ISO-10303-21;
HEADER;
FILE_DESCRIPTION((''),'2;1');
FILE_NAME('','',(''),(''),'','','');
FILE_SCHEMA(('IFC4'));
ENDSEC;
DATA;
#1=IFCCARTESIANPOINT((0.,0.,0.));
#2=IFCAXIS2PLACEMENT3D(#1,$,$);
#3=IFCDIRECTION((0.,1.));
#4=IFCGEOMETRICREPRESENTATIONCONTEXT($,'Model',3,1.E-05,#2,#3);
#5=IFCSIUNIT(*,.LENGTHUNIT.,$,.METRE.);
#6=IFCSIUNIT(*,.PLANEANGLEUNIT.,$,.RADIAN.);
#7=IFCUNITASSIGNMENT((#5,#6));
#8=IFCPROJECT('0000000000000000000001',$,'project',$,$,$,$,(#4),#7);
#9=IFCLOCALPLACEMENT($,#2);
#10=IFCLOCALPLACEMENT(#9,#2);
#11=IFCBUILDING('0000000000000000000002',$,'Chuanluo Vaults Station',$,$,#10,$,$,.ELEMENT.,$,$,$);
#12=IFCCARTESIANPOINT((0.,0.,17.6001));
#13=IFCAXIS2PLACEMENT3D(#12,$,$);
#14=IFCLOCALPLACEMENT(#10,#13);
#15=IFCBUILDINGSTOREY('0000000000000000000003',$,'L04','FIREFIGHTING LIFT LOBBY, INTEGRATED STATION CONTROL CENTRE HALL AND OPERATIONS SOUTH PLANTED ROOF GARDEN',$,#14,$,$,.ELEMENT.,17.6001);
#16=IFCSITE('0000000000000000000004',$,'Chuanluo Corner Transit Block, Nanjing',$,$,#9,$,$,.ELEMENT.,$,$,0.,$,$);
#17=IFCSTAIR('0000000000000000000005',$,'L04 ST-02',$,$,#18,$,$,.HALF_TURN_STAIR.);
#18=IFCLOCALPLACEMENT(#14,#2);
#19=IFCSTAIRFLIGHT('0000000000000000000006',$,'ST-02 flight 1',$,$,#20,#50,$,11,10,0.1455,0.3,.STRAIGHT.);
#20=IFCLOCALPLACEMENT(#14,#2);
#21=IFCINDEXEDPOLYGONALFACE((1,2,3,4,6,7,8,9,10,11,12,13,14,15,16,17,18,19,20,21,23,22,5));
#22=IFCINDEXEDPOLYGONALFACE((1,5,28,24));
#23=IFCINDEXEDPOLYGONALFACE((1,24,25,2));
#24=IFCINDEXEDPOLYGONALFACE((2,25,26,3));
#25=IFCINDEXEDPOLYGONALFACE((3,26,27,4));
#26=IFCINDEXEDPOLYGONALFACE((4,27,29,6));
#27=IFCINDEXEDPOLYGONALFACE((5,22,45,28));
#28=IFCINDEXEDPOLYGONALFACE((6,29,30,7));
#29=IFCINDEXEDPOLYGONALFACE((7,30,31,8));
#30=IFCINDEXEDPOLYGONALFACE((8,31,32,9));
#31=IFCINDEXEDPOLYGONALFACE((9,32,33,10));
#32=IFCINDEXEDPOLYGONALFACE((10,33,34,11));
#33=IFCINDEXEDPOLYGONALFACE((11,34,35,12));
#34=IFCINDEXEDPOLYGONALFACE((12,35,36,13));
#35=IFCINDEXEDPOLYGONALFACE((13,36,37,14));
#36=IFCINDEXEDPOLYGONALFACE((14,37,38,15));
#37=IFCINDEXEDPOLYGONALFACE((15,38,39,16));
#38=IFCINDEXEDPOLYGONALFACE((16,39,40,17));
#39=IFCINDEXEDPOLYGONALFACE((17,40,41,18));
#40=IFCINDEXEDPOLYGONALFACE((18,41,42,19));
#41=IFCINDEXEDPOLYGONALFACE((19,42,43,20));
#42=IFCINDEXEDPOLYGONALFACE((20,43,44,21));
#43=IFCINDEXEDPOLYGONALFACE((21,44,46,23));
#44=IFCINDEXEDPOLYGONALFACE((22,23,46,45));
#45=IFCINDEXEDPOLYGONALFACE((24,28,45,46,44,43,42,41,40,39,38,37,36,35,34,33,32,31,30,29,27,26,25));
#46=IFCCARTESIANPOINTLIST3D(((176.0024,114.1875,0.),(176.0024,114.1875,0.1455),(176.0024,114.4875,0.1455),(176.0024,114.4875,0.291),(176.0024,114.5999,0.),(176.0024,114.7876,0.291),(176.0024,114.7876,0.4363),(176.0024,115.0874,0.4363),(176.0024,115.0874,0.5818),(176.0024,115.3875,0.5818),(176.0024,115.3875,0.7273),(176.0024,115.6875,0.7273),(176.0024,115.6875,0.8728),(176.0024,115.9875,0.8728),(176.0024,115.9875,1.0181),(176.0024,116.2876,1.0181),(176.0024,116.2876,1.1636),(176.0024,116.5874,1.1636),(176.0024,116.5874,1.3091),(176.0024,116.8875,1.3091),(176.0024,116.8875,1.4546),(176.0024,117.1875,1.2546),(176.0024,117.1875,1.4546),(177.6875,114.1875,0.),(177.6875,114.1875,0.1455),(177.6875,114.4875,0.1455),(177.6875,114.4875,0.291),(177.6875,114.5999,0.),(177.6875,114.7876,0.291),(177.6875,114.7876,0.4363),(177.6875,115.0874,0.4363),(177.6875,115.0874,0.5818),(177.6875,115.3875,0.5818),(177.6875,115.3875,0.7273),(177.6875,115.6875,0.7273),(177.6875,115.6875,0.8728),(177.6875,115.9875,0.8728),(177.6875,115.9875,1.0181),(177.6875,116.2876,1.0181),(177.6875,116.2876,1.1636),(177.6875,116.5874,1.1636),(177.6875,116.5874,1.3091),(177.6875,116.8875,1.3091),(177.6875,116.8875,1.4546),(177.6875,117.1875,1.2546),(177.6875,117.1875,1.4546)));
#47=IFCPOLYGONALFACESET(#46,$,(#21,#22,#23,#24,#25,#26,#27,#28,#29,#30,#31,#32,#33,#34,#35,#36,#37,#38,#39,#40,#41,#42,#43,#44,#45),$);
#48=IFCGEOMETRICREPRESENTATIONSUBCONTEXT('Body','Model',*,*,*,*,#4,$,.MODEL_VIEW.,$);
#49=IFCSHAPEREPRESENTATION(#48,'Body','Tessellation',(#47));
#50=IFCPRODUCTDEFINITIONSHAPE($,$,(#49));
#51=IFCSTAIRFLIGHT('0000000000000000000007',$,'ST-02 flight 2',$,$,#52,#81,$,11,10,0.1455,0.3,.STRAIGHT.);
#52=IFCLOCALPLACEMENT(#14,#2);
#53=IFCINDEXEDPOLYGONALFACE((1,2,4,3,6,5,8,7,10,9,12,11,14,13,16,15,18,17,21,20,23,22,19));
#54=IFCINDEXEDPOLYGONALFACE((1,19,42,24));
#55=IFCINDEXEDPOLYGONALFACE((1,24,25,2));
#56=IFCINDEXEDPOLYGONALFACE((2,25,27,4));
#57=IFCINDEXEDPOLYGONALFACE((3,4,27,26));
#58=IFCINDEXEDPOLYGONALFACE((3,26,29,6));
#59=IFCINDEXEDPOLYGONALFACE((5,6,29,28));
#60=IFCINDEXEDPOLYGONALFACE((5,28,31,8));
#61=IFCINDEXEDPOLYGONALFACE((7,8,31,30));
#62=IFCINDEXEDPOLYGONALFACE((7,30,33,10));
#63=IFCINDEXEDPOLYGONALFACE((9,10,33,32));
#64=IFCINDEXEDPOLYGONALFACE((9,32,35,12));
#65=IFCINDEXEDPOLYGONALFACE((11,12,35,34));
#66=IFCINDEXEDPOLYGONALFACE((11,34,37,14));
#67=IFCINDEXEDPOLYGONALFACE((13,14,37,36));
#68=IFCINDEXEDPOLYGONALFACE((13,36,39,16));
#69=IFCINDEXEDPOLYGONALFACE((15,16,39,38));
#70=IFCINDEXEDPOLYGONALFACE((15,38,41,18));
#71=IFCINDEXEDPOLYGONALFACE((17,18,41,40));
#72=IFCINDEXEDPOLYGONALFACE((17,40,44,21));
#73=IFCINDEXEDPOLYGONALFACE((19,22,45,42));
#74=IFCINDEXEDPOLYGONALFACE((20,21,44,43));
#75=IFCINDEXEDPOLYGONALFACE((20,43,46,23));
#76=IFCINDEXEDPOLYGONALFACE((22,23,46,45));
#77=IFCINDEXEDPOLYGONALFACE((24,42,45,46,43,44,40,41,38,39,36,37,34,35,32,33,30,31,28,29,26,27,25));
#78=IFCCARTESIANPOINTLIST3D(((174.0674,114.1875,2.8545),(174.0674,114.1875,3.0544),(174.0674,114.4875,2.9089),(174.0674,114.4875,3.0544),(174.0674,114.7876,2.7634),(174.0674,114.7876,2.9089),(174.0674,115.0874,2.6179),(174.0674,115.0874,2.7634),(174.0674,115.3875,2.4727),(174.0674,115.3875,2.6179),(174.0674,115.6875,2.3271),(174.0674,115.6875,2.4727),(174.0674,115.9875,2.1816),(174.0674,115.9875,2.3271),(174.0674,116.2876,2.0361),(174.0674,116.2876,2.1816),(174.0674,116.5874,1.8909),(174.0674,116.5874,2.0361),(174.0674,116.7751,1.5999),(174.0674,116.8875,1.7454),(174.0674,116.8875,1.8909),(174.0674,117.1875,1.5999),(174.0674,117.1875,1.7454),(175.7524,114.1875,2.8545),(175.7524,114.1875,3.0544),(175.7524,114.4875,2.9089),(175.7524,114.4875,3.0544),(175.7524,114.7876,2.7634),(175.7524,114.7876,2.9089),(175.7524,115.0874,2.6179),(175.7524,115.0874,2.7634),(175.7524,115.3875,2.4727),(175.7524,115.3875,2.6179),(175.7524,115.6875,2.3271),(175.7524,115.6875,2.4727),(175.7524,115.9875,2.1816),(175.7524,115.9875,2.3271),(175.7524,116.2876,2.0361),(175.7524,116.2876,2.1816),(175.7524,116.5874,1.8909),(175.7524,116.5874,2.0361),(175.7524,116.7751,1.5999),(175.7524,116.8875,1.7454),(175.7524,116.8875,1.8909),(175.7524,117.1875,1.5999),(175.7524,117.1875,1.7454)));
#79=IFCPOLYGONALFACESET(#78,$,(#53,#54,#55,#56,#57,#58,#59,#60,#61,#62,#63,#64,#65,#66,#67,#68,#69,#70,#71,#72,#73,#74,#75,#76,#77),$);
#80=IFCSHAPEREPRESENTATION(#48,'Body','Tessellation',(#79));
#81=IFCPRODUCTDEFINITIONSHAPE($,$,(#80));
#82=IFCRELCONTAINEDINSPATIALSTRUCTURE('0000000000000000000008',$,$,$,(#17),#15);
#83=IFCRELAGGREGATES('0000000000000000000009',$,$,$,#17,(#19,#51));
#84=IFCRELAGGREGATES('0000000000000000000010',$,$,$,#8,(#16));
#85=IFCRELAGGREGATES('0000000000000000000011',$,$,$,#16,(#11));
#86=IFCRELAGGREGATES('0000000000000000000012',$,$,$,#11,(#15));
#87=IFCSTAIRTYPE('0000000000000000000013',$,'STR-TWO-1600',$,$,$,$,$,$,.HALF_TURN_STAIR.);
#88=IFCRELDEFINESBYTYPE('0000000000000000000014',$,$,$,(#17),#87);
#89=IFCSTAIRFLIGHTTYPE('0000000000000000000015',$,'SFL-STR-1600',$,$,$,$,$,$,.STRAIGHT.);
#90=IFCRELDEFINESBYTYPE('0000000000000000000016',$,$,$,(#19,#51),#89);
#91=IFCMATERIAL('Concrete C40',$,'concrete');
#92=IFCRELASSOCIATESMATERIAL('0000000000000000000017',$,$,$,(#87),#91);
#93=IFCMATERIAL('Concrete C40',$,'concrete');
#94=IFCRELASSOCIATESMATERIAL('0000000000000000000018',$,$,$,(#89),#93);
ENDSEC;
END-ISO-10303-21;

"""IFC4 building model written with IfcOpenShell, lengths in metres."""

from ifc_helpers import new_model, si_unit, direction, frame, origin, place, context, subcontext, project, spatial, polyline, outline, extrude, material, type_object, element, aggregate, save


model = new_model("IFC4")

# Units and contexts
model_context = context("Model", 3, precision=1e-05, world=origin(), true_north=direction((0.0, 1.0)))
body_context = subcontext(model_context, "Body", "Model", "MODEL_VIEW")
ifc_project = project(units=[si_unit("LENGTHUNIT", "METRE"), si_unit("PLANEANGLEUNIT", "RADIAN")], contexts=[model_context])

# Site, building, storey
site_placement = place(None, origin())
site = spatial("IfcSite", under=ifc_project, at=site_placement, Name="Chuanluo Corner Transit Block, Nanjing", CompositionType="ELEMENT", RefElevation=0.0)
building_placement = place(site_placement, origin())
building = spatial("IfcBuilding", under=site, at=building_placement, Name="Chuanluo Vaults Station", CompositionType="ELEMENT")
storey_placement = place(building_placement, frame((0.0, 0.0, 17.6001)))
storey = spatial("IfcBuildingStorey", under=building, at=storey_placement, Name="L04", Description="FIREFIGHTING LIFT LOBBY, INTEGRATED STATION CONTROL CENTRE HALL AND OPERATIONS SOUTH PLANTED ROOF GARDEN", CompositionType="ELEMENT", Elevation=17.6001)

# Stair, stair flights
ifc_material_1 = material(Name="Concrete C40", Category="concrete")
stair_type = type_object("IfcStairType", Name="STR-TWO-1600", PredefinedType="HALF_TURN_STAIR", material=ifc_material_1)
stair_placement = place(storey_placement, origin())
stair = element("IfcStair", 1, at=stair_placement, inside=storey, type_object=stair_type, Name="L04 ST-02", PredefinedType="HALF_TURN_STAIR")
ifc_material_2 = material(Name="Concrete C40", Category="concrete")
stair_flight_type = type_object("IfcStairFlightType", Name="SFL-STR-1600", PredefinedType="STRAIGHT", material=ifc_material_2)
stair_flight_1_placement = place(storey_placement, frame((176.845, 114.1875, 0.0), z_axis=(0.0, 0.0, 1.0), x_axis=(0.0, 1.0, 0.0)))
stair_flight_1 = element("IfcStairFlight", 2, at=stair_flight_1_placement, type_object=stair_flight_type, Name="ST-02 flight 1", NumberOfRisers=11, NumberOfTreads=10, PredefinedType="STRAIGHT", RiserHeight=0.1455, TreadLength=0.3, context=body_context, shape_type="SweptSolid", body=[
    extrude(outline(polyline([(0.0, 0.0), (0.0, 0.1455), (0.3, 0.1455), (0.3, 0.291), (0.6001, 0.291), (0.6001, 0.4363), (0.8999, 0.4363), (0.8999, 0.5818), (1.2, 0.5818), (1.2, 0.7273), (1.5, 0.7273), (1.5, 0.8728), (1.8, 0.8728), (1.8, 1.0181), (2.1001, 1.0181), (2.1001, 1.1636), (2.3999, 1.1636), (2.3999, 1.3091), (2.7, 1.3091), (2.7, 1.4546), (3.0, 1.4546), (3.0, 1.6001), (3.0, 1.2546), (0.4124, 0.0), (0.0, 0.0)])), frame((0.0, 0.8425, 0.0), z_axis=(0.0, -1.0, 0.0), x_axis=(1.0, 0.0, 0.0)), (0.0, 0.0, 1.0), 1.6851),
])
stair_flight_2_placement = place(storey_placement, frame((174.9099, 117.1875, 1.5999), z_axis=(0.0, 0.0, 1.0), x_axis=(0.0, -1.0, 0.0)))
stair_flight_2 = element("IfcStairFlight", 3, at=stair_flight_2_placement, type_object=stair_flight_type, Name="ST-02 flight 2", NumberOfRisers=11, NumberOfTreads=10, PredefinedType="STRAIGHT", RiserHeight=0.1455, TreadLength=0.3, context=body_context, shape_type="SweptSolid", body=[
    extrude(outline(polyline([(0.0, 0.0), (0.0, 0.1455), (0.3, 0.1455), (0.3, 0.291), (0.6001, 0.291), (0.6001, 0.4363), (0.8999, 0.4363), (0.8999, 0.5818), (1.2, 0.5818), (1.2, 0.7273), (1.5, 0.7273), (1.5, 0.8728), (1.8, 0.8728), (1.8, 1.0181), (2.1001, 1.0181), (2.1001, 1.1636), (2.3999, 1.1636), (2.3999, 1.3091), (2.7, 1.3091), (2.7, 1.4546), (3.0, 1.4546), (3.0, 1.6001), (3.0, 1.2546), (0.4124, 0.0), (0.0, 0.0)])), frame((0.0, 0.8425, 0.0), z_axis=(0.0, -1.0, 0.0), x_axis=(1.0, 0.0, 0.0)), (0.0, 0.0, 1.0), 1.6851),
])
aggregate(stair, [stair_flight_1, stair_flight_2])

save(model, "model.ifc")
